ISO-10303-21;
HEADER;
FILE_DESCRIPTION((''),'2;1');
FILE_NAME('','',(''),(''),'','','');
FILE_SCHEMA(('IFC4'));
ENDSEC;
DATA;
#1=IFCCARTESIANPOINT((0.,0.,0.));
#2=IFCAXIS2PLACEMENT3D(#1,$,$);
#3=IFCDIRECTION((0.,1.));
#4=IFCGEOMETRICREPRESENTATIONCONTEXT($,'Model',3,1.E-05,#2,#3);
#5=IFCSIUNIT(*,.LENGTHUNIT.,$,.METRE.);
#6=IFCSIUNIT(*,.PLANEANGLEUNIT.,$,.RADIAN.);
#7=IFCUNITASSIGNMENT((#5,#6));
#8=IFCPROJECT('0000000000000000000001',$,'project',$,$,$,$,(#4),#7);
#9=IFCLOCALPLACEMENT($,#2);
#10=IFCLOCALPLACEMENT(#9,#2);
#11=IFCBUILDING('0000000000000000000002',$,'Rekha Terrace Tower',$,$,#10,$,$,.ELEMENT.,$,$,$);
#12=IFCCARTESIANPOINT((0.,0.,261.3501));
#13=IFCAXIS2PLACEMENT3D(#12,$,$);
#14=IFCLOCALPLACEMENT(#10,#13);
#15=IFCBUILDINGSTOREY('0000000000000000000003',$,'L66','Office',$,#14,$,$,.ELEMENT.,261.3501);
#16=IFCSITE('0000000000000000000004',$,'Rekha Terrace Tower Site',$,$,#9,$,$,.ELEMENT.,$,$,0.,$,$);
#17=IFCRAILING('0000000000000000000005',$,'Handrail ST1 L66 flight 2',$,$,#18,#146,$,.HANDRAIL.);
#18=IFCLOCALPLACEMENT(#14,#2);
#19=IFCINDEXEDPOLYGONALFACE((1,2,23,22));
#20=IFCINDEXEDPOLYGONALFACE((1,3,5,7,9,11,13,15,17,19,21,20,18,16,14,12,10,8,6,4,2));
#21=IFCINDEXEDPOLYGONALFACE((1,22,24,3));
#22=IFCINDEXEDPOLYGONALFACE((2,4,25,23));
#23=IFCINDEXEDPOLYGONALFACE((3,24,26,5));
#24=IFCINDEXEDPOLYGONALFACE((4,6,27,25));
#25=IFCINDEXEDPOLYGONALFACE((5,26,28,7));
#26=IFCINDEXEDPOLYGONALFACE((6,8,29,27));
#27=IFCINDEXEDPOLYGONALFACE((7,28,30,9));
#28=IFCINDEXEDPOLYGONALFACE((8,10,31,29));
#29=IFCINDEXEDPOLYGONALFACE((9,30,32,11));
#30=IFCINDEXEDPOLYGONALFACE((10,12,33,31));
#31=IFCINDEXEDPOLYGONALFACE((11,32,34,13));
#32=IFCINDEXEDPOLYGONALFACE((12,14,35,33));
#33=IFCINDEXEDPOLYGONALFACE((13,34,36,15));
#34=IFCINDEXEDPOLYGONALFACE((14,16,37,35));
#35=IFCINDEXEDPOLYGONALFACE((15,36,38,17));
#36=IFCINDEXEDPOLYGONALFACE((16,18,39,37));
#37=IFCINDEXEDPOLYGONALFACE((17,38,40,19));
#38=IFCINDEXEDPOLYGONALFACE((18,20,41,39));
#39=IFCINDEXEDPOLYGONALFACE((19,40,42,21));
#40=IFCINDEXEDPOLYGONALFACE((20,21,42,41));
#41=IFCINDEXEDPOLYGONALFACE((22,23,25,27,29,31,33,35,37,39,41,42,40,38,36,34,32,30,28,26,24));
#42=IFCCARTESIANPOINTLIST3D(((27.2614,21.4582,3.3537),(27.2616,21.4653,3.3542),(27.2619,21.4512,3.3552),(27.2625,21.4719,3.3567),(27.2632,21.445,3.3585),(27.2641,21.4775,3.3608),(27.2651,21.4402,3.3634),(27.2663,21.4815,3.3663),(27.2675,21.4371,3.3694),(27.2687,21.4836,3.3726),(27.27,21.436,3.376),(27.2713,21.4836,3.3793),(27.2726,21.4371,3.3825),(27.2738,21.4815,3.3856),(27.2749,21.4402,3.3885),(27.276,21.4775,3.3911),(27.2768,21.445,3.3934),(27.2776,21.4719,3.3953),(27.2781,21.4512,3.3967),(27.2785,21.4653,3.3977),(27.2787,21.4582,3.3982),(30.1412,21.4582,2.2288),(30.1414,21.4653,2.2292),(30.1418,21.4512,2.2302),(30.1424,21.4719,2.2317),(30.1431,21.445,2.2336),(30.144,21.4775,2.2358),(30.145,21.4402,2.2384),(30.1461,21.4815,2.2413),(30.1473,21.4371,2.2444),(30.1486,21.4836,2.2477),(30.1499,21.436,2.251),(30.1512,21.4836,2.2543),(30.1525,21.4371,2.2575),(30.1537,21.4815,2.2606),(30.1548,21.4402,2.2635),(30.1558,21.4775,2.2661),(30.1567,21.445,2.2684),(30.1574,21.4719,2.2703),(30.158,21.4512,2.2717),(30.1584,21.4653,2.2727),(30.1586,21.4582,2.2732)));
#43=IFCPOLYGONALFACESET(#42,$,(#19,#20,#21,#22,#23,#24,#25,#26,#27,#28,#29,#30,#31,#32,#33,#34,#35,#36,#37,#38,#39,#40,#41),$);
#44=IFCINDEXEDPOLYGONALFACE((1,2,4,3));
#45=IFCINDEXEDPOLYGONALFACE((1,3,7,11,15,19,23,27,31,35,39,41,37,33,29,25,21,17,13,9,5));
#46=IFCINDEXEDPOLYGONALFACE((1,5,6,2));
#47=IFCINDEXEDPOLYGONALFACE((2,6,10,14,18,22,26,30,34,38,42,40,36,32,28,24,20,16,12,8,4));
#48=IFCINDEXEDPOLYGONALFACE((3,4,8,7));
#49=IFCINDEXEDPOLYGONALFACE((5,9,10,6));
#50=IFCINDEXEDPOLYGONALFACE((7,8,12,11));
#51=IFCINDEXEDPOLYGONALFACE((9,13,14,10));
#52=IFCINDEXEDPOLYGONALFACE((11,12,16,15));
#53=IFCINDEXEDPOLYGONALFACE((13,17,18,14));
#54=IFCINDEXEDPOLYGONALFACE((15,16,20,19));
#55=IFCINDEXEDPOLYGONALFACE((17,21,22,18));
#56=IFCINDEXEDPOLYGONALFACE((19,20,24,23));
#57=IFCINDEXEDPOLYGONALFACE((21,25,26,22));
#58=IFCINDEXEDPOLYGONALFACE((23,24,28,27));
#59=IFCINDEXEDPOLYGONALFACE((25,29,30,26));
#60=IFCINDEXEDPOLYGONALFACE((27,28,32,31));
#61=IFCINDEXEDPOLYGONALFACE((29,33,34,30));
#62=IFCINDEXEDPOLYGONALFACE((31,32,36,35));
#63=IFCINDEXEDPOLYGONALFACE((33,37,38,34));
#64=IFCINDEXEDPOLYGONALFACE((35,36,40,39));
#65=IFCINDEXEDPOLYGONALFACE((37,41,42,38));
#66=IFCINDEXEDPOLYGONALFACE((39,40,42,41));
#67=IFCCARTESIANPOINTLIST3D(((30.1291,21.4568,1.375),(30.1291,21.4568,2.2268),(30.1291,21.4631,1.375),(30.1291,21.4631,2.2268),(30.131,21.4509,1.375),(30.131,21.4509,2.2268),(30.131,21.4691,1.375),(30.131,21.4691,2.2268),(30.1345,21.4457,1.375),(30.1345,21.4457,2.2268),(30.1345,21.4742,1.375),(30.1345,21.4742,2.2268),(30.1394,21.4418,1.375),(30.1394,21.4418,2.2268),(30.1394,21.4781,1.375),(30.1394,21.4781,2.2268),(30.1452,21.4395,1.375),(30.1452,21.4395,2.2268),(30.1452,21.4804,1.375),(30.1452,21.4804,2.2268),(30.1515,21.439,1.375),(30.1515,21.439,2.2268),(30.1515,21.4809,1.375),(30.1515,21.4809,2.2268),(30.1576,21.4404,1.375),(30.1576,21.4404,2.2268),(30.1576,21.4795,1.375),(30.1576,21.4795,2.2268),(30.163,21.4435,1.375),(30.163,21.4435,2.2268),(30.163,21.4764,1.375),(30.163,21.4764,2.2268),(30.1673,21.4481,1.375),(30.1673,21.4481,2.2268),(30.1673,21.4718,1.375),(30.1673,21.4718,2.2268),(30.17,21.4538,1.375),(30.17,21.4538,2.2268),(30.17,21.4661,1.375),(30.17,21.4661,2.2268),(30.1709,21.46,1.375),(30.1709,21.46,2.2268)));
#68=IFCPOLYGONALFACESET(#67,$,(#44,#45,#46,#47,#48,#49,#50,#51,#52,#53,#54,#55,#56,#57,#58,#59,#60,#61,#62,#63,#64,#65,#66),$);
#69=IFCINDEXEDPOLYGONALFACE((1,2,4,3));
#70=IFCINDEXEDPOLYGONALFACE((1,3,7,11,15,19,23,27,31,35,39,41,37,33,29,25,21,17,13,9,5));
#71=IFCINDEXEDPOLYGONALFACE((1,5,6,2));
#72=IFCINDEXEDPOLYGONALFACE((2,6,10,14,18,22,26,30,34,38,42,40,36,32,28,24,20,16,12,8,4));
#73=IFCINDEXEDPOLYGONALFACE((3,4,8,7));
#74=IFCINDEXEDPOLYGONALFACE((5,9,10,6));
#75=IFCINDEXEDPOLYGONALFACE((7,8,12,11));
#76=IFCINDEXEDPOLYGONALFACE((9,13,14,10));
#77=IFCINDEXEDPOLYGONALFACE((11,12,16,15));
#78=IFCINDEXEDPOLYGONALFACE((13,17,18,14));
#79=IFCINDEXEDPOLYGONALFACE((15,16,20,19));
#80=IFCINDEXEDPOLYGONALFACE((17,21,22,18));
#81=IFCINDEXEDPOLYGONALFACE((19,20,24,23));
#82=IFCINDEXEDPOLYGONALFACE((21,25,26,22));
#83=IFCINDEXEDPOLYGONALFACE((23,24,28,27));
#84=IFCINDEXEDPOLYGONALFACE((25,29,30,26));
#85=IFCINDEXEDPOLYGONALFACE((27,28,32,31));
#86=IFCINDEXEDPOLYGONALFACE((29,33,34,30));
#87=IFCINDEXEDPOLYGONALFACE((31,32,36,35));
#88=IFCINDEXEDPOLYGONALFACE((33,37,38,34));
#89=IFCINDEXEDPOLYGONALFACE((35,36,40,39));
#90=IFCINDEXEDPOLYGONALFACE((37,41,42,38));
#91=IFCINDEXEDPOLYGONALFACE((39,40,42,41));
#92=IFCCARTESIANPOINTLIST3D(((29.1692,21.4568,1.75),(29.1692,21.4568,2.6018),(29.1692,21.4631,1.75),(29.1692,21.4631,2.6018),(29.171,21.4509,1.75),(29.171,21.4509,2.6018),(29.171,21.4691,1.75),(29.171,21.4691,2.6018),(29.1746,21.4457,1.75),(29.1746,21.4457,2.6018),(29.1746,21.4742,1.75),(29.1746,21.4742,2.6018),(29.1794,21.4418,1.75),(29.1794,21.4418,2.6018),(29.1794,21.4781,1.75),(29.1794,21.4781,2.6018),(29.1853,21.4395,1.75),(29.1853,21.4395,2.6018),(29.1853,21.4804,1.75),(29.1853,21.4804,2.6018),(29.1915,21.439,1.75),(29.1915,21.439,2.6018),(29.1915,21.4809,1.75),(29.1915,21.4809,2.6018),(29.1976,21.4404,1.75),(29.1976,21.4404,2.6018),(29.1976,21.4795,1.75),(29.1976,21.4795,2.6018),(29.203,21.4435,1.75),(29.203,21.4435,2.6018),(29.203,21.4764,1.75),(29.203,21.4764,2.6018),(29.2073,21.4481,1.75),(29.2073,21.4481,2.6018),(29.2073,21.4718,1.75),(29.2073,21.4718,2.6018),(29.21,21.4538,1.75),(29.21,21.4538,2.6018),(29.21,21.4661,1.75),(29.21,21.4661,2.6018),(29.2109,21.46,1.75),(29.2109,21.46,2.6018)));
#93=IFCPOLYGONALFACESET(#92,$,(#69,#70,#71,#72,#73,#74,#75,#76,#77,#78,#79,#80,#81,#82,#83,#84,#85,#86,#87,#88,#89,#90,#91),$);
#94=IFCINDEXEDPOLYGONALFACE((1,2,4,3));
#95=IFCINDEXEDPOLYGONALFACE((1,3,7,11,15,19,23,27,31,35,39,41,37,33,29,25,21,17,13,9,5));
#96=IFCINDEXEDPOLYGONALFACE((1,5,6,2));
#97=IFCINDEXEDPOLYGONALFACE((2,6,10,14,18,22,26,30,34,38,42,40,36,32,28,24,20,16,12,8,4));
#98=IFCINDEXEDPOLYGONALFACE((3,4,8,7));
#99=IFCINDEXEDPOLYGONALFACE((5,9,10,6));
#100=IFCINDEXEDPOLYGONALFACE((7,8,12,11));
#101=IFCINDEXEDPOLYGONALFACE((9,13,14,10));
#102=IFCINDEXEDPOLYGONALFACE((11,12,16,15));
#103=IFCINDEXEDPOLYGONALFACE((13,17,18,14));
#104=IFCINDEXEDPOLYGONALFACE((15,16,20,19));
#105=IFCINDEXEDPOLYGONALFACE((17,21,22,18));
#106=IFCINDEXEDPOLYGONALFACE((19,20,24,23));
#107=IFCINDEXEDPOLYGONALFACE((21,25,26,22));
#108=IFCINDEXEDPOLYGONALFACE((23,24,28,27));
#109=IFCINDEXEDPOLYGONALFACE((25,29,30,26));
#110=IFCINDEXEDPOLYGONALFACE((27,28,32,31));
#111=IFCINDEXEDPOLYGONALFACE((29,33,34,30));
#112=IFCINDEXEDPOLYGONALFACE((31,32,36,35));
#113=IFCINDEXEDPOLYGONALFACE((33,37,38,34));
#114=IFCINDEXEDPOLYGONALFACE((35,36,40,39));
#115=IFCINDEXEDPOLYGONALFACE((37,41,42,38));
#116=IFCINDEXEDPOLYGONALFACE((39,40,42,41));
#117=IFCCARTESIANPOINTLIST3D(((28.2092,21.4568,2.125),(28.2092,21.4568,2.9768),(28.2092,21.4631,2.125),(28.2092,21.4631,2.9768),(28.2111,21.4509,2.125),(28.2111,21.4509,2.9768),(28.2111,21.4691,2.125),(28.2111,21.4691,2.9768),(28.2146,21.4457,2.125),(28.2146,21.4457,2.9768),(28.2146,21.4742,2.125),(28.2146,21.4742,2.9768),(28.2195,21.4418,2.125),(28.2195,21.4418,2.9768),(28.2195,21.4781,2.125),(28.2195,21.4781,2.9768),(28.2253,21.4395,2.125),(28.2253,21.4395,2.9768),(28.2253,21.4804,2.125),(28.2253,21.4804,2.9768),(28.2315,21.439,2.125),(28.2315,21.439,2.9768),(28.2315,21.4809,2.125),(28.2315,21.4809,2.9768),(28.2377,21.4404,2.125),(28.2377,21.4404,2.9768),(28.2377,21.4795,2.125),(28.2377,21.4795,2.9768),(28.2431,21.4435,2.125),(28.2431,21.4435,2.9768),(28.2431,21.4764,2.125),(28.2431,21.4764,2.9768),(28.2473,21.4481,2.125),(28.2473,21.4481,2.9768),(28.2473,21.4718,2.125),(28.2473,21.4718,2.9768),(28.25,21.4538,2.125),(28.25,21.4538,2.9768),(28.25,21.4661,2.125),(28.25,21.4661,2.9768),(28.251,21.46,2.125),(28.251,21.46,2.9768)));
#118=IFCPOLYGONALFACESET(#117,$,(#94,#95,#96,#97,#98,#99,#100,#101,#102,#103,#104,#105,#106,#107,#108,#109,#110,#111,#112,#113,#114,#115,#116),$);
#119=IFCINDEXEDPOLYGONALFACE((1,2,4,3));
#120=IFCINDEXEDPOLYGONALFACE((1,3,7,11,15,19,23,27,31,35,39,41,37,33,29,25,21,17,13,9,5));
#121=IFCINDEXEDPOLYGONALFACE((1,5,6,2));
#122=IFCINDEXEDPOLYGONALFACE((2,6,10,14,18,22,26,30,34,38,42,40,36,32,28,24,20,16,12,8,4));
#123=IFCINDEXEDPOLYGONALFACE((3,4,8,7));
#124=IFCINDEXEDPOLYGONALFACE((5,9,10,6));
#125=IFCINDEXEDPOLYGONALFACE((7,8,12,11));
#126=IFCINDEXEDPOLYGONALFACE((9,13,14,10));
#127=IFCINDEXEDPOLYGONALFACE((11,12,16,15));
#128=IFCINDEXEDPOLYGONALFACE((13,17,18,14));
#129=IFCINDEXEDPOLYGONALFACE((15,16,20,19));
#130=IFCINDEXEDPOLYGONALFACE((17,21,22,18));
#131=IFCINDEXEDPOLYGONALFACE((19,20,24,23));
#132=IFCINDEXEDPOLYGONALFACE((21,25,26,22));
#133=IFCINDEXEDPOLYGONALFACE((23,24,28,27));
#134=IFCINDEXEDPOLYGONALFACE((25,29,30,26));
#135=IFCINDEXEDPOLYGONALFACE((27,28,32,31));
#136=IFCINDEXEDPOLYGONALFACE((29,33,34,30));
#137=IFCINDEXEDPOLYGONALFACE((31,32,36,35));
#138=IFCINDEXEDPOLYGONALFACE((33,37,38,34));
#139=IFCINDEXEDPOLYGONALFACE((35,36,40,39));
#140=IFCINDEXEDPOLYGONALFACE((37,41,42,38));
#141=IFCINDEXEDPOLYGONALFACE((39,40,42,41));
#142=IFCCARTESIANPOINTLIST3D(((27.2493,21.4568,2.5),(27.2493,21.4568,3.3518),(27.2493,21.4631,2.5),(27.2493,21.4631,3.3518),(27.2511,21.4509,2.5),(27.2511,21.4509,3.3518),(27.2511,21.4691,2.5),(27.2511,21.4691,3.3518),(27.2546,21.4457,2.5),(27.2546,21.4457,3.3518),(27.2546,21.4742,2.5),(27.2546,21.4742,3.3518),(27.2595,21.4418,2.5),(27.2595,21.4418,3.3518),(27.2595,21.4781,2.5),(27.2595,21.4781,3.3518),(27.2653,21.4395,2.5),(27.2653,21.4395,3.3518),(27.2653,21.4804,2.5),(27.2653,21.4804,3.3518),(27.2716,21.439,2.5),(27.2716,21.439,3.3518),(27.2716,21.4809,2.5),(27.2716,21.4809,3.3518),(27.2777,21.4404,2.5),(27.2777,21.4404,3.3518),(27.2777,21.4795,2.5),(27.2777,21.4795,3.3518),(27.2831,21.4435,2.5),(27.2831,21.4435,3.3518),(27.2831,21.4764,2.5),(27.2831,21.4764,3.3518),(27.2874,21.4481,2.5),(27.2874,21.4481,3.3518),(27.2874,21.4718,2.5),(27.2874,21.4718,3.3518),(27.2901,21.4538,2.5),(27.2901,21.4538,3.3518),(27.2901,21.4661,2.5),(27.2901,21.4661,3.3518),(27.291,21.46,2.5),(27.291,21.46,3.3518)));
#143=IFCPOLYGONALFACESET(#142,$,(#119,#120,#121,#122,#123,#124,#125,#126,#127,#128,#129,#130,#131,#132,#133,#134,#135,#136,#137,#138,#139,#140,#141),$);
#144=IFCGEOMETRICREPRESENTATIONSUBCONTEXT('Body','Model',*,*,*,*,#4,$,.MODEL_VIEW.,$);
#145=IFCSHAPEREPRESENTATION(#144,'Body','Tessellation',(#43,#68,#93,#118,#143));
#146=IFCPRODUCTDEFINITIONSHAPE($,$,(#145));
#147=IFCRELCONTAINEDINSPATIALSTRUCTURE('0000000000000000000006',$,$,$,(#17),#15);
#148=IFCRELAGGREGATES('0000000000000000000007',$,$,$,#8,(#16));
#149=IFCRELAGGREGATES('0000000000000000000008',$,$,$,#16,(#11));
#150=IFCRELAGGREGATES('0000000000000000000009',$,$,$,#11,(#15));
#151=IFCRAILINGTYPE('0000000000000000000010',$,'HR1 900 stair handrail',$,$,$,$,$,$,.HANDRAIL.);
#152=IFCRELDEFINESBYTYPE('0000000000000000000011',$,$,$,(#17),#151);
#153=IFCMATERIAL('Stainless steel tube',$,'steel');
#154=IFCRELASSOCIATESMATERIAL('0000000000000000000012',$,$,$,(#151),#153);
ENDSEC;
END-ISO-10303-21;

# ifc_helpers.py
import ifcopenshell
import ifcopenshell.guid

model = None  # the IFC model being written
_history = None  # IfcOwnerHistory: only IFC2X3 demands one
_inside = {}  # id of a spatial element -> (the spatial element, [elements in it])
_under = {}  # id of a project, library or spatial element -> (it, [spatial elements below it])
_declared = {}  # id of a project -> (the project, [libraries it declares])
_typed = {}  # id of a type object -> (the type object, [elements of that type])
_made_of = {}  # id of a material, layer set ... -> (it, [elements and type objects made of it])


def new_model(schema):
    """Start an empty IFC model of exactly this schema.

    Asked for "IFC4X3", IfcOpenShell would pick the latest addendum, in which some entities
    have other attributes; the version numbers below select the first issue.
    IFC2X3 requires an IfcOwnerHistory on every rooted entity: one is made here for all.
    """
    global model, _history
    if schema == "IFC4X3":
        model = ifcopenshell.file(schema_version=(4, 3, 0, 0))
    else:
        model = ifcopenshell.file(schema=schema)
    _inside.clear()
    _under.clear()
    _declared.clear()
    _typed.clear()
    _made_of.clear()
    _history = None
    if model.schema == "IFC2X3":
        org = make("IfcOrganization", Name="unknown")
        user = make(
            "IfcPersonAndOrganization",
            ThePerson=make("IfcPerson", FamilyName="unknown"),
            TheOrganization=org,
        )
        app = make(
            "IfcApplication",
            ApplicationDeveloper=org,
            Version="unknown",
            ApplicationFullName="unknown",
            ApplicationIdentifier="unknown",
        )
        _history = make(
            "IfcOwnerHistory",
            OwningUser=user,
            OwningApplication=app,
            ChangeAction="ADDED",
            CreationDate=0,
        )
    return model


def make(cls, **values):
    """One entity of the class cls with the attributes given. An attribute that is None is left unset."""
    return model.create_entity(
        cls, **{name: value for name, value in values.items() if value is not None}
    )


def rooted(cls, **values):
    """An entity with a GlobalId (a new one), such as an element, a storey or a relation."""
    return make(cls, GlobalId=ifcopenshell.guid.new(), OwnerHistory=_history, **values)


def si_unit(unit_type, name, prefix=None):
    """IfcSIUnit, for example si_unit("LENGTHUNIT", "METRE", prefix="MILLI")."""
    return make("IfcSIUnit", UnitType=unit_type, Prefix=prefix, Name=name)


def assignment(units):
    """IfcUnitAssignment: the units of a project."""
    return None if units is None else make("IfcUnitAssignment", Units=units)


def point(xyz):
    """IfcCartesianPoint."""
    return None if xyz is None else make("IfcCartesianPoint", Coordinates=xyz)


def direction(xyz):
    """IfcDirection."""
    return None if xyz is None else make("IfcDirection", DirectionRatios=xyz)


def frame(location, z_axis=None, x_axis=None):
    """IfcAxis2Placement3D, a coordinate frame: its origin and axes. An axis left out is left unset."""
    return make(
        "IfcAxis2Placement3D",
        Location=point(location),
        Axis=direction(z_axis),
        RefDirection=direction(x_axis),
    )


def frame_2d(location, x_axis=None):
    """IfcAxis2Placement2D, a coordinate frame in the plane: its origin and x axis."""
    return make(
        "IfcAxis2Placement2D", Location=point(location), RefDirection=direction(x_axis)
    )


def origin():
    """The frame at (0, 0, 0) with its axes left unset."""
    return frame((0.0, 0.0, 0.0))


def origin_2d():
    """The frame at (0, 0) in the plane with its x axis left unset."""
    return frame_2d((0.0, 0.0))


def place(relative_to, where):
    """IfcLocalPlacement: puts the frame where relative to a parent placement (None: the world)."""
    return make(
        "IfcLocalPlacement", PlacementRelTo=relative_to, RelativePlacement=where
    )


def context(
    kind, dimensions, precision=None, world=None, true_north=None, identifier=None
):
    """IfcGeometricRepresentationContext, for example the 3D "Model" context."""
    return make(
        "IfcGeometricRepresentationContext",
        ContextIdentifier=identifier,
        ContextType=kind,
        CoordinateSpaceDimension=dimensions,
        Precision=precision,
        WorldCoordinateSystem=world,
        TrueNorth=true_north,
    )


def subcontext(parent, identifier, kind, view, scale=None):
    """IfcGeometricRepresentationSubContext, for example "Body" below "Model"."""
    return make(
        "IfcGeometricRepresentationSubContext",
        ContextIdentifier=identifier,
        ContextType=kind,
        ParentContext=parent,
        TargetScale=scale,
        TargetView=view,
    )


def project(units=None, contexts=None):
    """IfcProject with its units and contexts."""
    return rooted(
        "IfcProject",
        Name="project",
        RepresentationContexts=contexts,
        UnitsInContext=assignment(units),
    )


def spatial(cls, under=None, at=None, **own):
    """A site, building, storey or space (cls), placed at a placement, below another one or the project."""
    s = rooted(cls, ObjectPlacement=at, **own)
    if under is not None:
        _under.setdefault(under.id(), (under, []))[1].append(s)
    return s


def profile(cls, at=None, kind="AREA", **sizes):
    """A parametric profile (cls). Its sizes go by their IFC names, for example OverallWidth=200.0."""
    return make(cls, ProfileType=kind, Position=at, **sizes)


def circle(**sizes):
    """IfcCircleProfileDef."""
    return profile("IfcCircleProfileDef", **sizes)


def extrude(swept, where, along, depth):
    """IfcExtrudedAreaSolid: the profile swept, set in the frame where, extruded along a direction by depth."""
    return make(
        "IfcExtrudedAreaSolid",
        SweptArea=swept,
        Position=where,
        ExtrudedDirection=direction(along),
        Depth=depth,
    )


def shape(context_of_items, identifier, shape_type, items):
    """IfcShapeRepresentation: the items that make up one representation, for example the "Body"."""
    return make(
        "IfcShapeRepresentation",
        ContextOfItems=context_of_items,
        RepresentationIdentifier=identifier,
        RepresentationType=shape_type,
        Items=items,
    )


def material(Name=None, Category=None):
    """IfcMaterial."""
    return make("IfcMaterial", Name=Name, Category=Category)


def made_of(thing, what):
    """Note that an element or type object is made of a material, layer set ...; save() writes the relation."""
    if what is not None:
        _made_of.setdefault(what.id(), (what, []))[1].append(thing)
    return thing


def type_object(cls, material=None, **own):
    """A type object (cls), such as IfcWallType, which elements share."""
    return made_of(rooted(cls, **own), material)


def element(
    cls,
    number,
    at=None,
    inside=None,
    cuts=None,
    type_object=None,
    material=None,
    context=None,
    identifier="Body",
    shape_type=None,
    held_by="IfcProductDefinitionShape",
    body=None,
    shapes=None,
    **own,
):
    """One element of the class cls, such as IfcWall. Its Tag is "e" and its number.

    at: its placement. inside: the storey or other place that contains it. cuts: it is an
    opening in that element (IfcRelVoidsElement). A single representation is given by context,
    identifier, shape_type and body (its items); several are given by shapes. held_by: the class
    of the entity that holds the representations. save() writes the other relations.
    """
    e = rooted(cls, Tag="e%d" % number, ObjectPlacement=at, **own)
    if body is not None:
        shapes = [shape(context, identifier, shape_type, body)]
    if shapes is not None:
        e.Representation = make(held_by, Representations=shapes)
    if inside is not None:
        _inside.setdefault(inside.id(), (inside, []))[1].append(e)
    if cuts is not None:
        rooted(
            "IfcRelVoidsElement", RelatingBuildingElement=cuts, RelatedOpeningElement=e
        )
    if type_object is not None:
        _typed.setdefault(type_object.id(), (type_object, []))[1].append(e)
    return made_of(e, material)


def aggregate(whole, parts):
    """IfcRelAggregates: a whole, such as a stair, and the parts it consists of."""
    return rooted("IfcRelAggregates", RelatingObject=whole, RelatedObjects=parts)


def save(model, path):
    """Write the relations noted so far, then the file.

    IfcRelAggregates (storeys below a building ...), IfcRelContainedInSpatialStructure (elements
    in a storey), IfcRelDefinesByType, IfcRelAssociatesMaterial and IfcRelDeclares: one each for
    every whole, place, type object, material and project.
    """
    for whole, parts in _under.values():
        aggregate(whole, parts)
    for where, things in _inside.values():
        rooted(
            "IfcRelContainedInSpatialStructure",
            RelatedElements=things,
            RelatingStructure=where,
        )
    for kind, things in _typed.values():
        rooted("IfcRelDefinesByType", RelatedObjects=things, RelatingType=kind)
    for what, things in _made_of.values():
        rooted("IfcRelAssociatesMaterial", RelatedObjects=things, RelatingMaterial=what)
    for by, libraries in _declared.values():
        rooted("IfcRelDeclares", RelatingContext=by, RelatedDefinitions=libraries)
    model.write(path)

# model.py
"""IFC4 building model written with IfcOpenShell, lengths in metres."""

from ifc_helpers import new_model, si_unit, direction, frame, origin, origin_2d, place, context, subcontext, project, spatial, circle, extrude, material, type_object, element, save


model = new_model("IFC4")

# Units and contexts
model_context = context("Model", 3, precision=1e-05, world=origin(), true_north=direction((0.0, 1.0)))
body_context = subcontext(model_context, "Body", "Model", "MODEL_VIEW")
ifc_project = project(units=[si_unit("LENGTHUNIT", "METRE"), si_unit("PLANEANGLEUNIT", "RADIAN")], contexts=[model_context])

# Site, building, storey
site_placement = place(None, origin())
site = spatial("IfcSite", under=ifc_project, at=site_placement, Name="Rekha Terrace Tower Site", CompositionType="ELEMENT", RefElevation=0.0)
building_placement = place(site_placement, origin())
building = spatial("IfcBuilding", under=site, at=building_placement, Name="Rekha Terrace Tower", CompositionType="ELEMENT")
storey_placement = place(building_placement, frame((0.0, 0.0, 261.3501)))
storey = spatial("IfcBuildingStorey", under=building, at=storey_placement, Name="L66", Description="Office", CompositionType="ELEMENT", Elevation=261.3501)

# Railing
ifc_material_1 = material(Name="Stainless steel tube", Category="steel")
railing_type_1 = type_object("IfcRailingType", Name="HR1 900 stair handrail", PredefinedType="HANDRAIL", material=ifc_material_1)
railing_1_placement = place(storey_placement, frame((30.1499, 21.46, 1.375)))
element("IfcRailing", 1, at=railing_1_placement, inside=storey, type_object=railing_type_1, Name="Handrail ST1 L66 flight 2", PredefinedType="HANDRAIL", context=body_context, shape_type="SweptSolid", body=[
    extrude(circle(Radius=0.0239, at=origin_2d()), frame((0.0, 0.0, 0.876), z_axis=(-0.931452, 0.0, 0.363863), x_axis=(0.0, -1.0, 0.0)), (0.0, 0.0, 1.0), 3.0918),
    extrude(circle(Radius=0.021, at=origin_2d()), origin(), (0.0, 0.0, 1.0), 0.8518),
    extrude(circle(Radius=0.021, at=origin_2d()), frame((-0.96, 0.0, 0.375)), (0.0, 0.0, 1.0), 0.8518),
    extrude(circle(Radius=0.021, at=origin_2d()), frame((-1.9199, 0.0, 0.75)), (0.0, 0.0, 1.0), 0.8518),
    extrude(circle(Radius=0.021, at=origin_2d()), frame((-2.8799, 0.0, 1.125)), (0.0, 0.0, 1.0), 0.8518),
])

save(model, "model.ifc")
